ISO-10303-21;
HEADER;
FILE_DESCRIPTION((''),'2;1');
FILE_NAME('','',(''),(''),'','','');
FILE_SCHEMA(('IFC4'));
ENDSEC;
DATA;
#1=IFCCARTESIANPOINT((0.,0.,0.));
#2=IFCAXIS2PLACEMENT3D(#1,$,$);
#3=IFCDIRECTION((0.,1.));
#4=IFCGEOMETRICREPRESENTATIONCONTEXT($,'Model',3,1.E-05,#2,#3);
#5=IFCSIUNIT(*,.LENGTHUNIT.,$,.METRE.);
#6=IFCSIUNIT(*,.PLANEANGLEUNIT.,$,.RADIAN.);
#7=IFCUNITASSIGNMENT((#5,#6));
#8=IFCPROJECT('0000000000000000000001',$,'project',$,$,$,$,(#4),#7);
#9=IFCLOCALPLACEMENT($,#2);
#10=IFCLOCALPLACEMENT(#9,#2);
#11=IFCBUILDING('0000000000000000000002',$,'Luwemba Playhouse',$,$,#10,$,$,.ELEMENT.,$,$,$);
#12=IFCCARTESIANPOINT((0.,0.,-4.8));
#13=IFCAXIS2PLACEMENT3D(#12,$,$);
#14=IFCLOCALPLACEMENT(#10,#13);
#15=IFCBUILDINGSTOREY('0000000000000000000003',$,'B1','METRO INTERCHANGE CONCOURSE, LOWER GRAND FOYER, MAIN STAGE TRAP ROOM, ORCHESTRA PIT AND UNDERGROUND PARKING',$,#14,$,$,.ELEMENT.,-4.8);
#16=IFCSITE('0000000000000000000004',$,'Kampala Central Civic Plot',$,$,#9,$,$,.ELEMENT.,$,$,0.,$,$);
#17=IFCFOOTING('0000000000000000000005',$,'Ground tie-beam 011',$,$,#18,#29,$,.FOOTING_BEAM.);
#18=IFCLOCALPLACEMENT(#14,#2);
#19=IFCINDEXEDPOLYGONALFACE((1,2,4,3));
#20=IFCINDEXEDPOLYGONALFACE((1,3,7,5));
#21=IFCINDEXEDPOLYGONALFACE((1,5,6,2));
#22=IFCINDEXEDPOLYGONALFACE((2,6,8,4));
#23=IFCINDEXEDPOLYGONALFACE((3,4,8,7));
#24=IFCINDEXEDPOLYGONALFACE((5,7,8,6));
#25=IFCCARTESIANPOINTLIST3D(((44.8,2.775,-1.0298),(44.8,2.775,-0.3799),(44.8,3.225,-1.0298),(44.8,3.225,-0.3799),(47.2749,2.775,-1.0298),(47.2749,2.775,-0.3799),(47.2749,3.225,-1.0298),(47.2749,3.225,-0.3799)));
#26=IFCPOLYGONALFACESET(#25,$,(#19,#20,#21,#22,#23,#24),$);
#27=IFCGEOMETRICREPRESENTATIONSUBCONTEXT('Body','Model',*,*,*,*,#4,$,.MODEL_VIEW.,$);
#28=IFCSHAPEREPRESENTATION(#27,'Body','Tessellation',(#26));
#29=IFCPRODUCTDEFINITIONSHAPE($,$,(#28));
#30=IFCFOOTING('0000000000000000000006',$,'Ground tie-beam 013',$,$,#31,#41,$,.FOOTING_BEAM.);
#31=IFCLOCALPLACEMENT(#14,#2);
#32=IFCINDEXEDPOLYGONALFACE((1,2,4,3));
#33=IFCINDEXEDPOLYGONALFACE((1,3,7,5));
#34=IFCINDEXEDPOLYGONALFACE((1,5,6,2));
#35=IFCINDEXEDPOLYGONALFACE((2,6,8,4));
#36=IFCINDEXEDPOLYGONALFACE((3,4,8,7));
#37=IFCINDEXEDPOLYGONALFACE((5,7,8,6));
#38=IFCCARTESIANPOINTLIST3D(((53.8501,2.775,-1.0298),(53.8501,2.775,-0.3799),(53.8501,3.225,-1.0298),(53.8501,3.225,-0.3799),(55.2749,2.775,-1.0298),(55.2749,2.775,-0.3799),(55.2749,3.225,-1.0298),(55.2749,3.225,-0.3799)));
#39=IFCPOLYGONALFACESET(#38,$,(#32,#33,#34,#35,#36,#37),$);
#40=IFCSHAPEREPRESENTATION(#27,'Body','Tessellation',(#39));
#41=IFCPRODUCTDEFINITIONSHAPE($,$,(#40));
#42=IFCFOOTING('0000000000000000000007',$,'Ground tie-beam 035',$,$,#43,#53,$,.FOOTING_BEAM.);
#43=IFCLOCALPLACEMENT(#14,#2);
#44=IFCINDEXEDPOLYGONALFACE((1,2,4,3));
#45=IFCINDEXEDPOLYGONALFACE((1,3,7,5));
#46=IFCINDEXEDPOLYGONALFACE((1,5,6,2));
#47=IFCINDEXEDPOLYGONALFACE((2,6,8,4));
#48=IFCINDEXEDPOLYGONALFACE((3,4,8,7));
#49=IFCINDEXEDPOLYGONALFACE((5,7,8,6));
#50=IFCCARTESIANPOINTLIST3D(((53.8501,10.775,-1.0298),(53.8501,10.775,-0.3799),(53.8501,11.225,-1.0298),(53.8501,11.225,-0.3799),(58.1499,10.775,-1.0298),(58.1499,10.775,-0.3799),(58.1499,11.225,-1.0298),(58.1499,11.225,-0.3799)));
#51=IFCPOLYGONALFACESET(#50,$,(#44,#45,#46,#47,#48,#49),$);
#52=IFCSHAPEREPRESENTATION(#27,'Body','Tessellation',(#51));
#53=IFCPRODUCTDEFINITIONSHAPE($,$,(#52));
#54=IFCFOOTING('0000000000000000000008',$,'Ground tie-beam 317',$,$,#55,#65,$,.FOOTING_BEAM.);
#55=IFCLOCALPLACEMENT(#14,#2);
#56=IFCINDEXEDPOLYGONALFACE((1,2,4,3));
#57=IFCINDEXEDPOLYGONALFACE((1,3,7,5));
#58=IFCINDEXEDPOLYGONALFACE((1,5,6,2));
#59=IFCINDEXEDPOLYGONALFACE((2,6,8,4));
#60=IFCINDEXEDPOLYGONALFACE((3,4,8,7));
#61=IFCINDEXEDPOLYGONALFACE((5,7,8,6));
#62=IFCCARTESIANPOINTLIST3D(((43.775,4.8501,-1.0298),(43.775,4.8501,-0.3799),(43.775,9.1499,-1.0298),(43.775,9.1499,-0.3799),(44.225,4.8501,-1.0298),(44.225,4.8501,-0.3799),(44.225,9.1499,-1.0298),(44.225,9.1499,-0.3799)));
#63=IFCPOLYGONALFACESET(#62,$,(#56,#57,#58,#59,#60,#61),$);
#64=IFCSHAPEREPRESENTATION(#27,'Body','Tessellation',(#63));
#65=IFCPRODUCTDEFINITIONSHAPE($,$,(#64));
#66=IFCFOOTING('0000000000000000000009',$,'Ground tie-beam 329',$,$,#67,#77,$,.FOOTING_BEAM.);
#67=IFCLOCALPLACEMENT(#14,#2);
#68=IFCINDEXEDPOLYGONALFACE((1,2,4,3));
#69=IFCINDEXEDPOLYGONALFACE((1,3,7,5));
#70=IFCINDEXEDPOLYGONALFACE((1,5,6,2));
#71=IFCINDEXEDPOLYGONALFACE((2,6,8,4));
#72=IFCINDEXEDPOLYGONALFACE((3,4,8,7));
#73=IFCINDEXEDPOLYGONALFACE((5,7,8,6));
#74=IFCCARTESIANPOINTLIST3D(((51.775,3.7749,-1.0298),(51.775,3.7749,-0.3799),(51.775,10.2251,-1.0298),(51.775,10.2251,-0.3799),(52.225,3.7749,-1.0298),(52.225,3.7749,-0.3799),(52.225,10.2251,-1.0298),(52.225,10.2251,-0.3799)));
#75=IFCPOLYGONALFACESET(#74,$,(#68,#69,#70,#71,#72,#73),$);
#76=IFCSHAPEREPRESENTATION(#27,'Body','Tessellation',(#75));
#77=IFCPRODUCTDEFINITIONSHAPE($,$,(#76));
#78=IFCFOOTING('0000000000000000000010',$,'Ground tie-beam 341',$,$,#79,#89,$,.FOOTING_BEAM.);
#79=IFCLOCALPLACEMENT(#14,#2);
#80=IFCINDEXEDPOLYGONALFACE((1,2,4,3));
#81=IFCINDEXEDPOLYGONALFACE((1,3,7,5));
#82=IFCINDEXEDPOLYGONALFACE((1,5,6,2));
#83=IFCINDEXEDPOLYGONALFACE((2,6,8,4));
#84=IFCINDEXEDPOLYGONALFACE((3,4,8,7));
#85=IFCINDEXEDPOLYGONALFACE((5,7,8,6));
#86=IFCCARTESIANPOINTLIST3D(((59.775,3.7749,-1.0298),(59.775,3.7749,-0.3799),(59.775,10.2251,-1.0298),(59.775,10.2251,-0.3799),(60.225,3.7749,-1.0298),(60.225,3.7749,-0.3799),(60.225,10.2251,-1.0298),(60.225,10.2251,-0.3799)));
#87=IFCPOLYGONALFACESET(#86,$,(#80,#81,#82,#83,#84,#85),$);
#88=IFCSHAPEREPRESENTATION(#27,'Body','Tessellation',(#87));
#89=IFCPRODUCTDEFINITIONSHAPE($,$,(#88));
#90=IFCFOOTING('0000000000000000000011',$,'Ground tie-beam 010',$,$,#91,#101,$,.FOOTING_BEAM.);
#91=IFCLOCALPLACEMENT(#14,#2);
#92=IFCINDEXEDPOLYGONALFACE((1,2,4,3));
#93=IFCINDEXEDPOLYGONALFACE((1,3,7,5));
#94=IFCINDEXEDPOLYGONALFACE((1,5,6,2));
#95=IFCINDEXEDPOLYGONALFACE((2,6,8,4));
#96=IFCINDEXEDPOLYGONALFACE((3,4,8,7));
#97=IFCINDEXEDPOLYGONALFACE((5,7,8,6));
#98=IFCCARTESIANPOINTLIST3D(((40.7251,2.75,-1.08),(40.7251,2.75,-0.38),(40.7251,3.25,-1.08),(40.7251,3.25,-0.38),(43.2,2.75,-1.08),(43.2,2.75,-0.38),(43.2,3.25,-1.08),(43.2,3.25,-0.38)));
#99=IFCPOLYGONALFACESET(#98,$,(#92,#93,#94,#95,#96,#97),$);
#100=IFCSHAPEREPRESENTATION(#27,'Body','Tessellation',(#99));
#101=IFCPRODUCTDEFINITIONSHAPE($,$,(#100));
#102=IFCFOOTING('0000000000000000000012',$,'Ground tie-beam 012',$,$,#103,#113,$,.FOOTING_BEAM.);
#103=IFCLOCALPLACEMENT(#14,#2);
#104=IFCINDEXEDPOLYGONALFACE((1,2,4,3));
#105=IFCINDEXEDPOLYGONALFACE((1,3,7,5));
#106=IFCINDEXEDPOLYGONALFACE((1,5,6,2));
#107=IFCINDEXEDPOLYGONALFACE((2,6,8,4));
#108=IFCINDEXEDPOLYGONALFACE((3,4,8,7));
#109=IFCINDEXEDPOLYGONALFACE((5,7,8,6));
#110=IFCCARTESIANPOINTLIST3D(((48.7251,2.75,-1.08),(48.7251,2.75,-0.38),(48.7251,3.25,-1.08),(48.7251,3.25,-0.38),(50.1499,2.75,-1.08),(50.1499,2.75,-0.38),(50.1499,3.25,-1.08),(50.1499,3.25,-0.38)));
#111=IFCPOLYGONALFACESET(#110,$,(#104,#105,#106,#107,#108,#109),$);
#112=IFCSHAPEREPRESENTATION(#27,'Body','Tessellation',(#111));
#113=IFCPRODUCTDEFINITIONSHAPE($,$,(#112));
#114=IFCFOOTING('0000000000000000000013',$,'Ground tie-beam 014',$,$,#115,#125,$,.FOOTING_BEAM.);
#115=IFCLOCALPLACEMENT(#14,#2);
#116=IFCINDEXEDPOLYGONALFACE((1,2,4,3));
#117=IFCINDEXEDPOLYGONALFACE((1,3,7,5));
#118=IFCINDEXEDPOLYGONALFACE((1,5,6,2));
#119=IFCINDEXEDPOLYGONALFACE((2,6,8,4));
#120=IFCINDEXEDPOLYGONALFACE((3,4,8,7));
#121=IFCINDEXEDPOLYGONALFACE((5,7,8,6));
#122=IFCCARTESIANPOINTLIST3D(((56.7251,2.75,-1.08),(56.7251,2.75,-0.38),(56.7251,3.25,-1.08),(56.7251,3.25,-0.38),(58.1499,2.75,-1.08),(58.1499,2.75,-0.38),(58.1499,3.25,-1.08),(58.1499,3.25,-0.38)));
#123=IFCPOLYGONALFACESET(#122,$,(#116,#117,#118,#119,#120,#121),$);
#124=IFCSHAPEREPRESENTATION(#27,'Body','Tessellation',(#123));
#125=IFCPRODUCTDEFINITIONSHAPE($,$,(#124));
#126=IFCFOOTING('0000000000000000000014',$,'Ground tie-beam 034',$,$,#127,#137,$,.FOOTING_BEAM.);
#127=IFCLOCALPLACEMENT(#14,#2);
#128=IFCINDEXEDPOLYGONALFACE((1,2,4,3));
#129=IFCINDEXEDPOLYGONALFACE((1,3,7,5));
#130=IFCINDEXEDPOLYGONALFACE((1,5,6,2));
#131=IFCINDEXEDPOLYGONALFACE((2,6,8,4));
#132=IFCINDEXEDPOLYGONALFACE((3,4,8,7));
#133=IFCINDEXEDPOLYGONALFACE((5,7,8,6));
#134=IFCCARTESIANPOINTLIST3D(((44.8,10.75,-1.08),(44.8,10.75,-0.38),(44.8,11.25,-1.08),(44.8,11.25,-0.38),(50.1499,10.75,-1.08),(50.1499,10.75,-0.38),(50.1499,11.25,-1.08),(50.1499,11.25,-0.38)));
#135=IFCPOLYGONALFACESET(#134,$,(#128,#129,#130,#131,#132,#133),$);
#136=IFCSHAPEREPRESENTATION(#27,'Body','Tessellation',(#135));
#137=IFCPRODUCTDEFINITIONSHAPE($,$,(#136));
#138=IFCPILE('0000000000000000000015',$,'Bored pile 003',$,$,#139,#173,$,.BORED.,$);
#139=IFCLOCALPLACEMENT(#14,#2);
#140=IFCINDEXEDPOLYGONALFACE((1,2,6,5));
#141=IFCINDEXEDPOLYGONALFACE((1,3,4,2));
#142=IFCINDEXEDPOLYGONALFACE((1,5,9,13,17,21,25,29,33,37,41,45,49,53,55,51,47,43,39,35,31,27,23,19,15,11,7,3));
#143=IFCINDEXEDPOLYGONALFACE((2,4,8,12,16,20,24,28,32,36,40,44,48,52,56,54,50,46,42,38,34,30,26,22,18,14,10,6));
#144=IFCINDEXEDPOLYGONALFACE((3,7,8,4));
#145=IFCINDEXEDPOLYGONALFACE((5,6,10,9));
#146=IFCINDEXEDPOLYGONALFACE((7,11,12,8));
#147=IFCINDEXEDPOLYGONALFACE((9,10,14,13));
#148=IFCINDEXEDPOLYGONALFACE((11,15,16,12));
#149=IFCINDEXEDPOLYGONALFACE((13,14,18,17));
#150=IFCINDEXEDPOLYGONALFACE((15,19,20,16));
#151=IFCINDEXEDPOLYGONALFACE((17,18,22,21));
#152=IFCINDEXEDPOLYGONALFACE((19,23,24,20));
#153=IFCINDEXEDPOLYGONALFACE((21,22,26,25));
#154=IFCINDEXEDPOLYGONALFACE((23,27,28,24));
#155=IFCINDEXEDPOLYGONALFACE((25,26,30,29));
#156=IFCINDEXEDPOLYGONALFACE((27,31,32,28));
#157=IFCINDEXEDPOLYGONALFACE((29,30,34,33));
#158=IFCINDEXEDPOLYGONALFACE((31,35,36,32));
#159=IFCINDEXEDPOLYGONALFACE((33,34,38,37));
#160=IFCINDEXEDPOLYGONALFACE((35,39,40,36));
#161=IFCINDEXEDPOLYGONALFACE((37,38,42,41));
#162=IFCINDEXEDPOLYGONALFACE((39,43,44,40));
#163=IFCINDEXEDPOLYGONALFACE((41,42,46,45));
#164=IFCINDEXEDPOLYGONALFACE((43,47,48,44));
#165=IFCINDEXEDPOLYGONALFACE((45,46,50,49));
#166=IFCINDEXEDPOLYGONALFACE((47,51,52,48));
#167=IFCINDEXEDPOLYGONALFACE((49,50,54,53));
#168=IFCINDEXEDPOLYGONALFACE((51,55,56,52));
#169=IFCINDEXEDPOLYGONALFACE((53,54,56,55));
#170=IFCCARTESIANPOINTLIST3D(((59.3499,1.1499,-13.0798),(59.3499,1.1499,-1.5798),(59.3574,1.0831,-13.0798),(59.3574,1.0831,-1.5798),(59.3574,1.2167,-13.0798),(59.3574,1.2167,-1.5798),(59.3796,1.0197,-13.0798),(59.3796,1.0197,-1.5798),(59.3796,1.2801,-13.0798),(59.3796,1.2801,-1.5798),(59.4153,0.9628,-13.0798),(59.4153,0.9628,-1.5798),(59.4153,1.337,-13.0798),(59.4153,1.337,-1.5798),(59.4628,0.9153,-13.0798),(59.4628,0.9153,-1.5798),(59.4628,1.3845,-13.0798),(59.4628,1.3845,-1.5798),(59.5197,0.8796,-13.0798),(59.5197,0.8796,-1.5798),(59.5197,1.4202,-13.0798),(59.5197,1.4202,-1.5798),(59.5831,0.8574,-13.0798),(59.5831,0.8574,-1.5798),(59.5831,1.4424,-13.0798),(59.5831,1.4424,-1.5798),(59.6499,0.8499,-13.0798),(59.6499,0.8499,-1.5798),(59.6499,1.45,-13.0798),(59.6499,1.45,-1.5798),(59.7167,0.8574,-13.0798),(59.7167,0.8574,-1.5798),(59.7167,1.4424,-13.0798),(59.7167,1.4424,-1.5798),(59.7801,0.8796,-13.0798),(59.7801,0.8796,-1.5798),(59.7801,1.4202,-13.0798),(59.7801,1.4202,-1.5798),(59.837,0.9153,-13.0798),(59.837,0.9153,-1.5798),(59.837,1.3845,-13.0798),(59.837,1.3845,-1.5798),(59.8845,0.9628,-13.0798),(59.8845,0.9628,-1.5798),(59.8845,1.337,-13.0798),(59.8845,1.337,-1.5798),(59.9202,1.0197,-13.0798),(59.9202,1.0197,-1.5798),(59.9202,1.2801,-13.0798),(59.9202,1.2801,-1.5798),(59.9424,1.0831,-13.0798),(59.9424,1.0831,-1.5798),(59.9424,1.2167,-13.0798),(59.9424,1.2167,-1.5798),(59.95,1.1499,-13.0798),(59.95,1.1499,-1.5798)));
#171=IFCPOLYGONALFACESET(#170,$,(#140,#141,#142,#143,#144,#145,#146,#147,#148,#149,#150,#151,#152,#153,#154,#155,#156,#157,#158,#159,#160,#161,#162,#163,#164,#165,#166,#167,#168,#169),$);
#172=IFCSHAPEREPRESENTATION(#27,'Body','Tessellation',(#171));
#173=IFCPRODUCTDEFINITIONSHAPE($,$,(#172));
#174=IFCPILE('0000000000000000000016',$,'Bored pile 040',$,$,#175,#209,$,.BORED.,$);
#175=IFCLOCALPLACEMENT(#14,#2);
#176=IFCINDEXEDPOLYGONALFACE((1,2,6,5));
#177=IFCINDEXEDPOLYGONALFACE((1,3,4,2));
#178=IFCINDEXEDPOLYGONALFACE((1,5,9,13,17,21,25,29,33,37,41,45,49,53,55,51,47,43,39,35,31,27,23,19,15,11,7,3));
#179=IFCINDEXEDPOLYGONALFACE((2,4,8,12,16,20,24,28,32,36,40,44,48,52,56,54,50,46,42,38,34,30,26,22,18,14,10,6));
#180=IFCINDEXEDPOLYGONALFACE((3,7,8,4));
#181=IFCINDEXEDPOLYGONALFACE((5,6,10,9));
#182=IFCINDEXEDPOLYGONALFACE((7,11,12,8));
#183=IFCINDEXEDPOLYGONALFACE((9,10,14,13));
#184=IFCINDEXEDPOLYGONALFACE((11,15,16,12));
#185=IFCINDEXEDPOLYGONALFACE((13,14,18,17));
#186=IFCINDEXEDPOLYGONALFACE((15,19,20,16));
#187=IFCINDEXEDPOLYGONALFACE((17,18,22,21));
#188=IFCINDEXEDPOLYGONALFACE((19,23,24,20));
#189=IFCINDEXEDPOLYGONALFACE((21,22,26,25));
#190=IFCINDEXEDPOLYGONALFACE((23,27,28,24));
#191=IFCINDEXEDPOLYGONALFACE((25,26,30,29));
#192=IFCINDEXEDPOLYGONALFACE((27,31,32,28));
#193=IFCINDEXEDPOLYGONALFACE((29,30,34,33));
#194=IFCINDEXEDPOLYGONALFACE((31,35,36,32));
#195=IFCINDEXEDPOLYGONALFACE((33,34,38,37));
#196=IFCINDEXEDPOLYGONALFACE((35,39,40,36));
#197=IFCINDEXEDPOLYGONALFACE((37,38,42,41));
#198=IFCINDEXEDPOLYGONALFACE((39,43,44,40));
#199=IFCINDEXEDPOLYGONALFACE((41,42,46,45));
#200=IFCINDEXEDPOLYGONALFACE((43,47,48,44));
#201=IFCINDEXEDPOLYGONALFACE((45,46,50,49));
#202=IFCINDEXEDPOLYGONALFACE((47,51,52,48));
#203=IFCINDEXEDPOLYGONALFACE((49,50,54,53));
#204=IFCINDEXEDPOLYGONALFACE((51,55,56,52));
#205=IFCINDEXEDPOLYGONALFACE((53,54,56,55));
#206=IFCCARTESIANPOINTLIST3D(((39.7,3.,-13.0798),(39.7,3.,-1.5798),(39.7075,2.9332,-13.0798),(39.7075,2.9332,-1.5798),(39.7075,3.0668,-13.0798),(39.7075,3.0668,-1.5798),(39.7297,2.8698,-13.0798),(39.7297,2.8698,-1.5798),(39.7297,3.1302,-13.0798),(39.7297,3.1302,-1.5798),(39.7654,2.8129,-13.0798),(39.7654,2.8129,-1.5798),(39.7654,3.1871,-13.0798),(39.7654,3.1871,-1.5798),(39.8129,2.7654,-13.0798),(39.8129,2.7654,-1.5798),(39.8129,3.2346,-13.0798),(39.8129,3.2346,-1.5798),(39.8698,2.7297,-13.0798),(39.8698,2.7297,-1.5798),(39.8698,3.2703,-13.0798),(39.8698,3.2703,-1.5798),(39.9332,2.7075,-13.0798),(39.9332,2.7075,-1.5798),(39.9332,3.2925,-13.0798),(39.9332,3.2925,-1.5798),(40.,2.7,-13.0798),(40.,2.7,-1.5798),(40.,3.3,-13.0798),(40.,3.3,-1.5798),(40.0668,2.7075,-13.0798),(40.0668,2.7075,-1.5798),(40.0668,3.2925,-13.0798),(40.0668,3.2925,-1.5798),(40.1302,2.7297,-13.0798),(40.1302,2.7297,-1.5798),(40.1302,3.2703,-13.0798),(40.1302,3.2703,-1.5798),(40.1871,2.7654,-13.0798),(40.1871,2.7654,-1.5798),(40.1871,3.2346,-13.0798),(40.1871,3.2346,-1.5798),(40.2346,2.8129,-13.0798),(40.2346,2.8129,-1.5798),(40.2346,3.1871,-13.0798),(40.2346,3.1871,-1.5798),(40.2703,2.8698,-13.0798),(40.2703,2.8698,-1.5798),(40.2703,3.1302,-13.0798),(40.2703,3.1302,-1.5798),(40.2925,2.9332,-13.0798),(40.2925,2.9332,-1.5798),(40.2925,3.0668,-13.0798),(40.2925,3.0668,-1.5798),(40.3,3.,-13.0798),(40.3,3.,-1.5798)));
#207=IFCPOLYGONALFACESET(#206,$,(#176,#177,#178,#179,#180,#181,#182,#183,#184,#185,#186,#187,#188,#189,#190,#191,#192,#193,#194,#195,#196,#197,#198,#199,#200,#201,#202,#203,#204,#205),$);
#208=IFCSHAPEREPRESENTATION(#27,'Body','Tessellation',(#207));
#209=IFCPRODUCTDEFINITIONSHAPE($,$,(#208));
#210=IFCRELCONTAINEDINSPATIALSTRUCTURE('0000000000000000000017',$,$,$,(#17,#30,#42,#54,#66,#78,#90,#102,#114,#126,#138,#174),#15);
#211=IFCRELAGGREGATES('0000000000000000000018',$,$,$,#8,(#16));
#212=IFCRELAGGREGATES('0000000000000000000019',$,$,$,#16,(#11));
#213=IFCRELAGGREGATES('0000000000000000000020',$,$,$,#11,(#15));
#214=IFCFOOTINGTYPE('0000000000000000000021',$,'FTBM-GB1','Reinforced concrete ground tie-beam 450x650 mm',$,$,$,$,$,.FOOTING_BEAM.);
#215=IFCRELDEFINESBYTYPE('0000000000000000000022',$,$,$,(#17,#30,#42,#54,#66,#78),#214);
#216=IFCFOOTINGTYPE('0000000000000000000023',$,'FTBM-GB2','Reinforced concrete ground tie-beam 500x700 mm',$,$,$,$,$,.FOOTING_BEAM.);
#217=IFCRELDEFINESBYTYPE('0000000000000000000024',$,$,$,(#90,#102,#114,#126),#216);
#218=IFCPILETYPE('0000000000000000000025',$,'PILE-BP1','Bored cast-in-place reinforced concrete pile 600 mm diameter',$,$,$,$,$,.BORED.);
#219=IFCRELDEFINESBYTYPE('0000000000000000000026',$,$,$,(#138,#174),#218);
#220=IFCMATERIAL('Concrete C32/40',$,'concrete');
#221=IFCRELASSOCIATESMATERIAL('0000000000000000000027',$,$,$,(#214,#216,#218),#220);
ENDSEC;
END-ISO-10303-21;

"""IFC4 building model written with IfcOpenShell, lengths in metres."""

from ifc_helpers import new_model, si_unit, direction, frame, origin, origin_2d, place, context, subcontext, project, spatial, rectangle, circle, extrude, material, material_profile, profile_set, type_object, element, save


model = new_model("IFC4")

# Units and contexts
model_context = context("Model", 3, precision=1e-05, world=origin(), true_north=direction((0.0, 1.0)))
body_context = subcontext(model_context, "Body", "Model", "MODEL_VIEW")
ifc_project = project(units=[si_unit("LENGTHUNIT", "METRE"), si_unit("PLANEANGLEUNIT", "RADIAN")], contexts=[model_context])

# Site, building, storey
site_placement = place(None, origin())
site = spatial("IfcSite", under=ifc_project, at=site_placement, Name="Kampala Central Civic Plot", CompositionType="ELEMENT", RefElevation=0.0)
building_placement = place(site_placement, origin())
building = spatial("IfcBuilding", under=site, at=building_placement, Name="Luwemba Playhouse", CompositionType="ELEMENT")
storey_placement = place(building_placement, frame((0.0, 0.0, -4.8)))
storey = spatial("IfcBuildingStorey", under=building, at=storey_placement, Name="B1", Description="METRO INTERCHANGE CONCOURSE, LOWER GRAND FOYER, MAIN STAGE TRAP ROOM, ORCHESTRA PIT AND UNDERGROUND PARKING", CompositionType="ELEMENT", Elevation=-4.8)

# Footings
ifc_material_1 = material(Name="Concrete C32/40", Category="concrete")
ifc_material_profile_1 = material_profile(ifc_material_1, rectangle(XDim=0.45, YDim=0.6499, at=origin_2d()))
ifc_profile_set_1 = profile_set([ifc_material_profile_1], Name="Concrete C32/40")
footing_type_1 = type_object("IfcFootingType", Name="FTBM-GB1", Description="Reinforced concrete ground tie-beam 450x650 mm", PredefinedType="FOOTING_BEAM", material=ifc_profile_set_1)
footing_1_placement = place(storey_placement, frame((44.8, 3.0, -0.7048), z_axis=(1.0, 0.0, 0.0), x_axis=(0.0, 1.0, 0.0)))
element("IfcFooting", 1, at=footing_1_placement, inside=storey, type_object=footing_type_1, Name="Ground tie-beam 011", PredefinedType="FOOTING_BEAM", context=body_context, shape_type="SweptSolid", body=[
    extrude(rectangle(XDim=0.45, YDim=0.6499, at=origin_2d()), origin(), (0.0, 0.0, 1.0), 2.4749),
])
footing_2_placement = place(storey_placement, frame((53.8501, 3.0, -0.7048), z_axis=(1.0, 0.0, 0.0), x_axis=(0.0, 1.0, 0.0)))
element("IfcFooting", 2, at=footing_2_placement, inside=storey, type_object=footing_type_1, Name="Ground tie-beam 013", PredefinedType="FOOTING_BEAM", context=body_context, shape_type="SweptSolid", body=[
    extrude(rectangle(XDim=0.45, YDim=0.6499, at=origin_2d()), origin(), (0.0, 0.0, 1.0), 1.4248),
])
for number, where, z_axis, x_axis, name in (
    (3, (53.8501, 11.0, -0.7048), (1.0, 0.0, 0.0), (0.0, 1.0, 0.0), "Ground tie-beam 035"),
    (4, (44.0, 4.8501, -0.7048), (0.0, 1.0, 0.0), (-1.0, 0.0, 0.0), "Ground tie-beam 317"),
):
    element("IfcFooting", number, at=place(storey_placement, frame(where, z_axis=z_axis, x_axis=x_axis)), inside=storey, type_object=footing_type_1, Name=name, PredefinedType="FOOTING_BEAM", context=body_context, shape_type="SweptSolid", body=[
        extrude(rectangle(XDim=0.45, YDim=0.6499, at=origin_2d()), origin(), (0.0, 0.0, 1.0), 4.2998),
    ])
for number, where, z_axis, x_axis, name in (
    (5, (52.0, 3.7749, -0.7048), (0.0, 1.0, 0.0), (-1.0, 0.0, 0.0), "Ground tie-beam 329"),
    (6, (60.0, 3.7749, -0.7048), (0.0, 1.0, 0.0), (-1.0, 0.0, 0.0), "Ground tie-beam 341"),
):
    element("IfcFooting", number, at=place(storey_placement, frame(where, z_axis=z_axis, x_axis=x_axis)), inside=storey, type_object=footing_type_1, Name=name, PredefinedType="FOOTING_BEAM", context=body_context, shape_type="SweptSolid", body=[
        extrude(rectangle(XDim=0.45, YDim=0.6499, at=origin_2d()), origin(), (0.0, 0.0, 1.0), 6.4502),
    ])
ifc_material_profile_2 = material_profile(ifc_material_1, rectangle(XDim=0.5, YDim=0.7, at=origin_2d()))
ifc_profile_set_2 = profile_set([ifc_material_profile_2], Name="Concrete C32/40")
footing_type_2 = type_object("IfcFootingType", Name="FTBM-GB2", Description="Reinforced concrete ground tie-beam 500x700 mm", PredefinedType="FOOTING_BEAM", material=ifc_profile_set_2)
footing_3_placement = place(storey_placement, frame((40.7251, 3.0, -0.73), z_axis=(1.0, 0.0, 0.0), x_axis=(0.0, 1.0, 0.0)))
element("IfcFooting", 7, at=footing_3_placement, inside=storey, type_object=footing_type_2, Name="Ground tie-beam 010", PredefinedType="FOOTING_BEAM", context=body_context, shape_type="SweptSolid", body=[
    extrude(rectangle(XDim=0.5, YDim=0.7, at=origin_2d()), origin(), (0.0, 0.0, 1.0), 2.4749),
])
for number, where, z_axis, x_axis, name in (
    (8, (48.7251, 3.0, -0.73), (1.0, 0.0, 0.0), (0.0, 1.0, 0.0), "Ground tie-beam 012"),
    (9, (56.7251, 3.0, -0.73), (1.0, 0.0, 0.0), (0.0, 1.0, 0.0), "Ground tie-beam 014"),
):
    element("IfcFooting", number, at=place(storey_placement, frame(where, z_axis=z_axis, x_axis=x_axis)), inside=storey, type_object=footing_type_2, Name=name, PredefinedType="FOOTING_BEAM", context=body_context, shape_type="SweptSolid", body=[
        extrude(rectangle(XDim=0.5, YDim=0.7, at=origin_2d()), origin(), (0.0, 0.0, 1.0), 1.4248),
    ])
footing_4_placement = place(storey_placement, frame((44.8, 11.0, -0.73), z_axis=(1.0, 0.0, 0.0), x_axis=(0.0, 1.0, 0.0)))
element("IfcFooting", 10, at=footing_4_placement, inside=storey, type_object=footing_type_2, Name="Ground tie-beam 034", PredefinedType="FOOTING_BEAM", context=body_context, shape_type="SweptSolid", body=[
    extrude(rectangle(XDim=0.5, YDim=0.7, at=origin_2d()), origin(), (0.0, 0.0, 1.0), 5.3499),
])

# Piles
ifc_material_profile_3 = material_profile(ifc_material_1, circle(Radius=0.3, at=origin_2d()))
ifc_profile_set_3 = profile_set([ifc_material_profile_3], Name="Concrete C32/40")
pile_type_1 = type_object("IfcPileType", Name="PILE-BP1", Description="Bored cast-in-place reinforced concrete pile 600 mm diameter", PredefinedType="BORED", material=ifc_profile_set_3)
for number, where, z_axis, x_axis, name in (
    (11, (59.6499, 1.1499, -1.5798), (0.0, 0.0, -1.0), (1.0, 0.0, 0.0), "Bored pile 003"),
    (12, (40.0, 3.0, -1.5798), (0.0, 0.0, -1.0), (1.0, 0.0, 0.0), "Bored pile 040"),
):
    element("IfcPile", number, at=place(storey_placement, frame(where, z_axis=z_axis, x_axis=x_axis)), inside=storey, type_object=pile_type_1, Name=name, PredefinedType="BORED", context=body_context, shape_type="SweptSolid", body=[
        extrude(circle(Radius=0.3, at=origin_2d()), origin(), (0.0, 0.0, 1.0), 11.5),
    ])

save(model, "model.ifc")
